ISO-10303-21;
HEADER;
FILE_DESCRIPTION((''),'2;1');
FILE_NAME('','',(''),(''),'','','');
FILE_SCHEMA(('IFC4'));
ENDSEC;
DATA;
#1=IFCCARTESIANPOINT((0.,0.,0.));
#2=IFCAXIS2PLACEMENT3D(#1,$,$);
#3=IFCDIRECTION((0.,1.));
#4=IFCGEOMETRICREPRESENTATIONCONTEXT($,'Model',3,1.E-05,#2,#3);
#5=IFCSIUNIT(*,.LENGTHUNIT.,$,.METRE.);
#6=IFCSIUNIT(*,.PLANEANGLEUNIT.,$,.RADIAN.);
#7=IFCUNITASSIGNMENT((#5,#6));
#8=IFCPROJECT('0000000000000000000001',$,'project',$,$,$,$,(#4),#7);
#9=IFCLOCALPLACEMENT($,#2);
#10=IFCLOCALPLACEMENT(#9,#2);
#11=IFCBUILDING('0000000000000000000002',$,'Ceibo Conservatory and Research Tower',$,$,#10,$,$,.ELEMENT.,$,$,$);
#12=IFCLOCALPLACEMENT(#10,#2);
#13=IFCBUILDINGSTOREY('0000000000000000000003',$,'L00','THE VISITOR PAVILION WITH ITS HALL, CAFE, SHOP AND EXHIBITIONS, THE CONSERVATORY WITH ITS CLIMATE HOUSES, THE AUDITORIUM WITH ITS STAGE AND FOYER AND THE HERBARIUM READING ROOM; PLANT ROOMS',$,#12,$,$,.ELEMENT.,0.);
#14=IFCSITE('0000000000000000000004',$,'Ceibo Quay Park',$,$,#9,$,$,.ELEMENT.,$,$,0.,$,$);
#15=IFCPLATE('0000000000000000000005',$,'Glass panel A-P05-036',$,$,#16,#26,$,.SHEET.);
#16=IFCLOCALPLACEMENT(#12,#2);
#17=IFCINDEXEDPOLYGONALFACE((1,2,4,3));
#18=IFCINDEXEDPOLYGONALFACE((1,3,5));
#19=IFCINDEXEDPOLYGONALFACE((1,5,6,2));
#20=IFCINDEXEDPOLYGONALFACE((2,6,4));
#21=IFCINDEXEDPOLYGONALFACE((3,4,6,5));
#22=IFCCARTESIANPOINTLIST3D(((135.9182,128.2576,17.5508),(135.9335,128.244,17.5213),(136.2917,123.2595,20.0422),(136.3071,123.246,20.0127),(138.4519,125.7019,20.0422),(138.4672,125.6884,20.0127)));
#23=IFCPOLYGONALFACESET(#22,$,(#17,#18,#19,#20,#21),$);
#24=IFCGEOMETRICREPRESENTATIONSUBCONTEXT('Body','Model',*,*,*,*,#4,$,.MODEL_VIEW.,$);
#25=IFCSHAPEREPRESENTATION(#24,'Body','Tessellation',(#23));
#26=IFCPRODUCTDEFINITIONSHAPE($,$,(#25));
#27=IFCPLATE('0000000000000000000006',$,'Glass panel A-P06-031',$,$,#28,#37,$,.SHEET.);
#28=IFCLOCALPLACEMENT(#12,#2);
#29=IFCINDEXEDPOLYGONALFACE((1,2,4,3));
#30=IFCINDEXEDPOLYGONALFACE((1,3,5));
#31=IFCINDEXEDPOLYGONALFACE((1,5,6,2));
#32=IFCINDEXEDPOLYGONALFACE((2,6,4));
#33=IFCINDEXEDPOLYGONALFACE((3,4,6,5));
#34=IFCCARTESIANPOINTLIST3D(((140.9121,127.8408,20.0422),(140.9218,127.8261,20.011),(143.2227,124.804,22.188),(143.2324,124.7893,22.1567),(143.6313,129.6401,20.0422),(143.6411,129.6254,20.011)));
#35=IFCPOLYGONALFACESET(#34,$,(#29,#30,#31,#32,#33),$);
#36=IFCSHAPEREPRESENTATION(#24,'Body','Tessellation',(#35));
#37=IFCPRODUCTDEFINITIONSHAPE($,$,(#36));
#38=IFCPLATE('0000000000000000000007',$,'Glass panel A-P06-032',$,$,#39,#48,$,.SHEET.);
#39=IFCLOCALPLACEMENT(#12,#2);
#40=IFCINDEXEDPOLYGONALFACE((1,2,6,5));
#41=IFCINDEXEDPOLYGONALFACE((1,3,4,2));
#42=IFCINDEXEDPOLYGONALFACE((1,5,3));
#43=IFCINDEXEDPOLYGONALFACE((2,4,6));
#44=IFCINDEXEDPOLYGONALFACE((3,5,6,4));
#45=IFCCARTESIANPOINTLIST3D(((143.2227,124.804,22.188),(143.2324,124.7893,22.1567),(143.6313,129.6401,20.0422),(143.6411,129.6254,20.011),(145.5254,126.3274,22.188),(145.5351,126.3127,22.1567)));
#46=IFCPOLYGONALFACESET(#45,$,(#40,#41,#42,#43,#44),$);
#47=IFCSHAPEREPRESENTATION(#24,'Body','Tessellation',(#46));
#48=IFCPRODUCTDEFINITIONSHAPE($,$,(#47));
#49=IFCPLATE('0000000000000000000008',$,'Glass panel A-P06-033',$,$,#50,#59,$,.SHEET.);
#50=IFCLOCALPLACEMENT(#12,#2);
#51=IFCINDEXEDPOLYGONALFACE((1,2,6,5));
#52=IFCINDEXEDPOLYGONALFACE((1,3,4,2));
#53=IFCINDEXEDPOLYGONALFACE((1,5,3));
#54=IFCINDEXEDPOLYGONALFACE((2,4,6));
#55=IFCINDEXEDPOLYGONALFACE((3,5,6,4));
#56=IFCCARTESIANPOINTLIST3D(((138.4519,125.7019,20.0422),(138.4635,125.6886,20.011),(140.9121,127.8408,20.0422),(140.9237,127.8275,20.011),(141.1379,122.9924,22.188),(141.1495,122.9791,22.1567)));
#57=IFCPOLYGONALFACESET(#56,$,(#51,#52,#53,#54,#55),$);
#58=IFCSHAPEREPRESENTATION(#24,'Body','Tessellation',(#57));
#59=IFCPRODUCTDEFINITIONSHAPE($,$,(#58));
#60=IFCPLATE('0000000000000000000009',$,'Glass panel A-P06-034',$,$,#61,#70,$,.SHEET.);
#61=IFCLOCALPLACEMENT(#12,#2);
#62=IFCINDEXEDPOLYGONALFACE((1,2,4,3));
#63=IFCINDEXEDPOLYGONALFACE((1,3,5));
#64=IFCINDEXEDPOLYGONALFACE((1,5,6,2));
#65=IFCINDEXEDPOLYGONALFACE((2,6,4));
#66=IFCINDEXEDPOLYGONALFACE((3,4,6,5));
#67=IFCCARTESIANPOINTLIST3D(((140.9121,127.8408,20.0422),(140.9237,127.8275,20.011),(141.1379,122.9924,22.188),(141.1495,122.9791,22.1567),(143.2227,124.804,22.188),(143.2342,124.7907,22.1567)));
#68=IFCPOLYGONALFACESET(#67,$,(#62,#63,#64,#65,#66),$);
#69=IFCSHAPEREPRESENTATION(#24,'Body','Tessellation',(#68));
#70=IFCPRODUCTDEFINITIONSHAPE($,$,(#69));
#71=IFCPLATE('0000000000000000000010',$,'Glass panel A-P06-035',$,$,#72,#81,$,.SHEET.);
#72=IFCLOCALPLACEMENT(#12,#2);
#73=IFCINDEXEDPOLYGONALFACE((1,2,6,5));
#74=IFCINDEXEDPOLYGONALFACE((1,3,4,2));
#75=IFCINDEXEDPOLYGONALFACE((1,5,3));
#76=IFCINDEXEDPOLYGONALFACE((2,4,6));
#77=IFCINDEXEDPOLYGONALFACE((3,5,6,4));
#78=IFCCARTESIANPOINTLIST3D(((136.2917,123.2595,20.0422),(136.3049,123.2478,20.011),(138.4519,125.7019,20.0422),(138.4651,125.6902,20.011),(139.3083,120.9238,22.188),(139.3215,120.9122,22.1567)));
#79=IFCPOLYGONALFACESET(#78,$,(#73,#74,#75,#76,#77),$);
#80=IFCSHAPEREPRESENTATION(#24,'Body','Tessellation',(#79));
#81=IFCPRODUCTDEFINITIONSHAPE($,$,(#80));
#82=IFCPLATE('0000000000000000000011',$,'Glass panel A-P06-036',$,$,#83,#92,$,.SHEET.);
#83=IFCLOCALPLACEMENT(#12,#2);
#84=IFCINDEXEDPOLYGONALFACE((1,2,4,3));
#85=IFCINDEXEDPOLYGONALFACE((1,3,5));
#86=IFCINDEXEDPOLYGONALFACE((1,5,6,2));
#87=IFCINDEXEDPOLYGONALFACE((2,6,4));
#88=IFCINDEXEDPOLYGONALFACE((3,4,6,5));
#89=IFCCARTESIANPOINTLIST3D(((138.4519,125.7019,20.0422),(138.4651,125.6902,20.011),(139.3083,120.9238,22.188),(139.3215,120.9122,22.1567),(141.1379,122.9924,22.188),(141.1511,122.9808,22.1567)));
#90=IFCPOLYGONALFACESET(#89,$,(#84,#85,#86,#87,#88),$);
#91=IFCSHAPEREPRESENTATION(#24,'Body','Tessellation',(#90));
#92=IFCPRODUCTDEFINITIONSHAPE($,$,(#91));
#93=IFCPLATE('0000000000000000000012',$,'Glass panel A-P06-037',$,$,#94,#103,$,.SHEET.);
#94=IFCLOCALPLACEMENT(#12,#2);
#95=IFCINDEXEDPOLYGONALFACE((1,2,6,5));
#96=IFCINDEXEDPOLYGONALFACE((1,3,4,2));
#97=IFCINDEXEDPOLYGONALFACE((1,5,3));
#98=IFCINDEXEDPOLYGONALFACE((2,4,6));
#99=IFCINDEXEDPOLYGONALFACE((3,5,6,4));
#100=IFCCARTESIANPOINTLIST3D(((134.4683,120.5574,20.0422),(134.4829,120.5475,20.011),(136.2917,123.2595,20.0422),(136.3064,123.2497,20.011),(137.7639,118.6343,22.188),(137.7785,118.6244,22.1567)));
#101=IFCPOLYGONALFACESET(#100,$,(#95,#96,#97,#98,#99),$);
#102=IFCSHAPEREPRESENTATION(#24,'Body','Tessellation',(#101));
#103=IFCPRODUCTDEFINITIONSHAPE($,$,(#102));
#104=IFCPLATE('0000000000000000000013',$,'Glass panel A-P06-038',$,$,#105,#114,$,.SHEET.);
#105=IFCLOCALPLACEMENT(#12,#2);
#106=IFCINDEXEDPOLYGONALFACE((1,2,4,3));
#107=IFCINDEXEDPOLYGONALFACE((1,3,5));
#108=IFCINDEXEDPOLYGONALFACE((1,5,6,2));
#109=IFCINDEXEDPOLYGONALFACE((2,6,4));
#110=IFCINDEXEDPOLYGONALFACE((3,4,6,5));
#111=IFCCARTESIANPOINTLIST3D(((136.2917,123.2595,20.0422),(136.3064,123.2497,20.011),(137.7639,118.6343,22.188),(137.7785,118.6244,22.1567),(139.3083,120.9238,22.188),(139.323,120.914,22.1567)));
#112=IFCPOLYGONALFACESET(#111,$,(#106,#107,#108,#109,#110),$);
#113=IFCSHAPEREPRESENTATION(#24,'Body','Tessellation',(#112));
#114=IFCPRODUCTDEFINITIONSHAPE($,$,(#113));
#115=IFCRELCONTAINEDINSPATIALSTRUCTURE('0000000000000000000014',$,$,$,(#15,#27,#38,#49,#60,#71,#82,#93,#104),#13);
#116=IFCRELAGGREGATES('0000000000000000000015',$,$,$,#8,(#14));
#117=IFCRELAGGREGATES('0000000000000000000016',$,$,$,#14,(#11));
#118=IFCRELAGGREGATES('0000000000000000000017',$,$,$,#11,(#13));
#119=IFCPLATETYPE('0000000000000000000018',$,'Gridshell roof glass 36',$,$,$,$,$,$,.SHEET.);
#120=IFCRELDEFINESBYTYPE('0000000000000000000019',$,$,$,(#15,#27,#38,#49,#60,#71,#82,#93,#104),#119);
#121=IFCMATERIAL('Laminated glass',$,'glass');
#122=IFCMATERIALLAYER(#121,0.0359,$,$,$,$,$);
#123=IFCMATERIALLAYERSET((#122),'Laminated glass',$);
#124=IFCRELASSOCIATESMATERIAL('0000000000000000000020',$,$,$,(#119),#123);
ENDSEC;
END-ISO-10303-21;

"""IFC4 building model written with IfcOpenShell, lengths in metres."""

from ifc_helpers import new_model, si_unit, direction, frame, origin, place, context, subcontext, project, spatial, polyline, outline, extrude, material, layer, layer_set, type_object, element, save


model = new_model("IFC4")

# Units and contexts
model_context = context("Model", 3, precision=1e-05, world=origin(), true_north=direction((0.0, 1.0)))
body_context = subcontext(model_context, "Body", "Model", "MODEL_VIEW")
ifc_project = project(units=[si_unit("LENGTHUNIT", "METRE"), si_unit("PLANEANGLEUNIT", "RADIAN")], contexts=[model_context])

# Site, building, storey
site_placement = place(None, origin())
site = spatial("IfcSite", under=ifc_project, at=site_placement, Name="Ceibo Quay Park", CompositionType="ELEMENT", RefElevation=0.0)
building_placement = place(site_placement, origin())
building = spatial("IfcBuilding", under=site, at=building_placement, Name="Ceibo Conservatory and Research Tower", CompositionType="ELEMENT")
storey_placement = place(building_placement, origin())
storey = spatial("IfcBuildingStorey", under=building, at=storey_placement, Name="L00", Description="THE VISITOR PAVILION WITH ITS HALL, CAFE, SHOP AND EXHIBITIONS, THE CONSERVATORY WITH ITS CLIMATE HOUSES, THE AUDITORIUM WITH ITS STAGE AND FOYER AND THE HERBARIUM READING ROOM; PLANT ROOMS", CompositionType="ELEMENT", Elevation=0.0)

# Plates
ifc_material_1 = material(Name="Laminated glass", Category="glass")
ifc_layer = layer(ifc_material_1, 0.0359)
ifc_layer_set = layer_set([ifc_layer], Name="Laminated glass")
plate_type = type_object("IfcPlateType", Name="Gridshell roof glass 36", PredefinedType="SHEET", material=ifc_layer_set)
plate_1_placement = place(storey_placement, frame((135.9182, 128.2576, 17.5508), z_axis=(-0.426993, 0.377653, 0.821617), x_axis=(0.066737, -0.892973, 0.445134)))
element("IfcPlate", 1, at=plate_1_placement, inside=storey, type_object=plate_type, Name="Glass panel A-P05-036", PredefinedType="SHEET", context=body_context, shape_type="SweptSolid", body=[
    extrude(outline(polyline([(0.0, 0.0), (5.5971, 0.0), (3.5603, 2.5461), (0.0, 0.0)])), origin(), (0.0, 0.0, -1.0), 0.0359),
])
plate_2_placement = place(storey_placement, frame((143.6313, 129.6401, 20.0422), z_axis=(-0.270919, 0.40943, 0.871189), x_axis=(-0.833958, -0.551829, 0.0)))
element("IfcPlate", 2, at=plate_2_placement, inside=storey, type_object=plate_type, Name="Glass panel A-P06-031", PredefinedType="SHEET", context=body_context, shape_type="SweptSolid", body=[
    extrude(outline(polyline([(0.0, 0.0), (3.2606, 0.0), (3.0096, 4.3706), (0.0, 0.0)])), origin(), (0.0, 0.0, -1.0), 0.0359),
])
plate_3_placement = place(storey_placement, frame((143.6313, 129.6401, 20.0422), z_axis=(-0.270871, 0.409432, 0.871203), x_axis=(-0.077016, -0.911353, 0.404356)))
element("IfcPlate", 3, at=plate_3_placement, inside=storey, type_object=plate_type, Name="Glass panel A-P06-032", PredefinedType="SHEET", context=body_context, shape_type="SweptSolid", body=[
    extrude(outline(polyline([(0.0, 0.0), (5.3066, 0.0), (3.7409, 2.2742), (0.0, 0.0)])), origin(), (0.0, 0.0, -1.0), 0.0359),
])
plate_4_placement = place(storey_placement, frame((140.9121, 127.8408, 20.0422), z_axis=(-0.322152, 0.370543, 0.871158), x_axis=(-0.754665, -0.65611, 0.0)))
element("IfcPlate", 4, at=plate_4_placement, inside=storey, type_object=plate_type, Name="Glass panel A-P06-033", PredefinedType="SHEET", context=body_context, shape_type="SweptSolid", body=[
    extrude(outline(polyline([(0.0, 0.0), (3.26, 0.0), (3.0107, 4.3701), (0.0, 0.0)])), origin(), (0.0, 0.0, -1.0), 0.0359),
])
plate_5_placement = place(storey_placement, frame((140.9121, 127.8408, 20.0422), z_axis=(-0.322007, 0.370569, 0.8712), x_axis=(0.042555, -0.913618, 0.40434)))
element("IfcPlate", 5, at=plate_5_placement, inside=storey, type_object=plate_type, Name="Glass panel A-P06-034", PredefinedType="SHEET", context=body_context, shape_type="SweptSolid", body=[
    extrude(outline(polyline([(0.0, 0.0), (5.3068, 0.0), (3.7405, 2.2747), (0.0, 0.0)])), origin(), (0.0, 0.0, -1.0), 0.0359),
])
plate_6_placement = place(storey_placement, frame((138.4519, 125.7019, 20.0422), z_axis=(-0.367795, 0.325295, 0.871154), x_axis=(-0.662503, -0.749059, 0.0)))
element("IfcPlate", 6, at=plate_6_placement, inside=storey, type_object=plate_type, Name="Glass panel A-P06-035", PredefinedType="SHEET", context=body_context, shape_type="SweptSolid", body=[
    extrude(outline(polyline([(0.0, 0.0), (3.2606, 0.0), (3.0117, 4.3701), (0.0, 0.0)])), origin(), (0.0, 0.0, -1.0), 0.0359),
])
plate_7_placement = place(storey_placement, frame((138.4519, 125.7019, 20.0422), z_axis=(-0.367792, 0.325296, 0.871155), x_axis=(0.16137, -0.900279, 0.4043)))
element("IfcPlate", 7, at=plate_7_placement, inside=storey, type_object=plate_type, Name="Glass panel A-P06-036", PredefinedType="SHEET", context=body_context, shape_type="SweptSolid", body=[
    extrude(outline(polyline([(0.0, 0.0), (5.3073, 0.0), (3.7403, 2.2739), (0.0, 0.0)])), origin(), (0.0, 0.0, -1.0), 0.0359),
])
plate_8_placement = place(storey_placement, frame((136.2917, 123.2595, 20.0422), z_axis=(-0.406962, 0.274629, 0.871184), x_axis=(-0.559375, -0.828915, 0.0)))
element("IfcPlate", 8, at=plate_8_placement, inside=storey, type_object=plate_type, Name="Glass panel A-P06-037", PredefinedType="SHEET", context=body_context, shape_type="SweptSolid", body=[
    extrude(outline(polyline([(0.0, 0.0), (3.2599, 0.0), (3.0104, 4.3705), (0.0, 0.0)])), origin(), (0.0, 0.0, -1.0), 0.0359),
])
plate_9_placement = place(storey_placement, frame((136.2917, 123.2595, 20.0422), z_axis=(-0.407058, 0.274584, 0.871153), x_axis=(0.2774, -0.871534, 0.404324)))
element("IfcPlate", 9, at=plate_9_placement, inside=storey, type_object=plate_type, Name="Glass panel A-P06-038", PredefinedType="SHEET", context=body_context, shape_type="SweptSolid", body=[
    extrude(outline(polyline([(0.0, 0.0), (5.307, 0.0), (3.74, 2.2742), (0.0, 0.0)])), origin(), (0.0, 0.0, -1.0), 0.0359),
])

save(model, "model.ifc")
